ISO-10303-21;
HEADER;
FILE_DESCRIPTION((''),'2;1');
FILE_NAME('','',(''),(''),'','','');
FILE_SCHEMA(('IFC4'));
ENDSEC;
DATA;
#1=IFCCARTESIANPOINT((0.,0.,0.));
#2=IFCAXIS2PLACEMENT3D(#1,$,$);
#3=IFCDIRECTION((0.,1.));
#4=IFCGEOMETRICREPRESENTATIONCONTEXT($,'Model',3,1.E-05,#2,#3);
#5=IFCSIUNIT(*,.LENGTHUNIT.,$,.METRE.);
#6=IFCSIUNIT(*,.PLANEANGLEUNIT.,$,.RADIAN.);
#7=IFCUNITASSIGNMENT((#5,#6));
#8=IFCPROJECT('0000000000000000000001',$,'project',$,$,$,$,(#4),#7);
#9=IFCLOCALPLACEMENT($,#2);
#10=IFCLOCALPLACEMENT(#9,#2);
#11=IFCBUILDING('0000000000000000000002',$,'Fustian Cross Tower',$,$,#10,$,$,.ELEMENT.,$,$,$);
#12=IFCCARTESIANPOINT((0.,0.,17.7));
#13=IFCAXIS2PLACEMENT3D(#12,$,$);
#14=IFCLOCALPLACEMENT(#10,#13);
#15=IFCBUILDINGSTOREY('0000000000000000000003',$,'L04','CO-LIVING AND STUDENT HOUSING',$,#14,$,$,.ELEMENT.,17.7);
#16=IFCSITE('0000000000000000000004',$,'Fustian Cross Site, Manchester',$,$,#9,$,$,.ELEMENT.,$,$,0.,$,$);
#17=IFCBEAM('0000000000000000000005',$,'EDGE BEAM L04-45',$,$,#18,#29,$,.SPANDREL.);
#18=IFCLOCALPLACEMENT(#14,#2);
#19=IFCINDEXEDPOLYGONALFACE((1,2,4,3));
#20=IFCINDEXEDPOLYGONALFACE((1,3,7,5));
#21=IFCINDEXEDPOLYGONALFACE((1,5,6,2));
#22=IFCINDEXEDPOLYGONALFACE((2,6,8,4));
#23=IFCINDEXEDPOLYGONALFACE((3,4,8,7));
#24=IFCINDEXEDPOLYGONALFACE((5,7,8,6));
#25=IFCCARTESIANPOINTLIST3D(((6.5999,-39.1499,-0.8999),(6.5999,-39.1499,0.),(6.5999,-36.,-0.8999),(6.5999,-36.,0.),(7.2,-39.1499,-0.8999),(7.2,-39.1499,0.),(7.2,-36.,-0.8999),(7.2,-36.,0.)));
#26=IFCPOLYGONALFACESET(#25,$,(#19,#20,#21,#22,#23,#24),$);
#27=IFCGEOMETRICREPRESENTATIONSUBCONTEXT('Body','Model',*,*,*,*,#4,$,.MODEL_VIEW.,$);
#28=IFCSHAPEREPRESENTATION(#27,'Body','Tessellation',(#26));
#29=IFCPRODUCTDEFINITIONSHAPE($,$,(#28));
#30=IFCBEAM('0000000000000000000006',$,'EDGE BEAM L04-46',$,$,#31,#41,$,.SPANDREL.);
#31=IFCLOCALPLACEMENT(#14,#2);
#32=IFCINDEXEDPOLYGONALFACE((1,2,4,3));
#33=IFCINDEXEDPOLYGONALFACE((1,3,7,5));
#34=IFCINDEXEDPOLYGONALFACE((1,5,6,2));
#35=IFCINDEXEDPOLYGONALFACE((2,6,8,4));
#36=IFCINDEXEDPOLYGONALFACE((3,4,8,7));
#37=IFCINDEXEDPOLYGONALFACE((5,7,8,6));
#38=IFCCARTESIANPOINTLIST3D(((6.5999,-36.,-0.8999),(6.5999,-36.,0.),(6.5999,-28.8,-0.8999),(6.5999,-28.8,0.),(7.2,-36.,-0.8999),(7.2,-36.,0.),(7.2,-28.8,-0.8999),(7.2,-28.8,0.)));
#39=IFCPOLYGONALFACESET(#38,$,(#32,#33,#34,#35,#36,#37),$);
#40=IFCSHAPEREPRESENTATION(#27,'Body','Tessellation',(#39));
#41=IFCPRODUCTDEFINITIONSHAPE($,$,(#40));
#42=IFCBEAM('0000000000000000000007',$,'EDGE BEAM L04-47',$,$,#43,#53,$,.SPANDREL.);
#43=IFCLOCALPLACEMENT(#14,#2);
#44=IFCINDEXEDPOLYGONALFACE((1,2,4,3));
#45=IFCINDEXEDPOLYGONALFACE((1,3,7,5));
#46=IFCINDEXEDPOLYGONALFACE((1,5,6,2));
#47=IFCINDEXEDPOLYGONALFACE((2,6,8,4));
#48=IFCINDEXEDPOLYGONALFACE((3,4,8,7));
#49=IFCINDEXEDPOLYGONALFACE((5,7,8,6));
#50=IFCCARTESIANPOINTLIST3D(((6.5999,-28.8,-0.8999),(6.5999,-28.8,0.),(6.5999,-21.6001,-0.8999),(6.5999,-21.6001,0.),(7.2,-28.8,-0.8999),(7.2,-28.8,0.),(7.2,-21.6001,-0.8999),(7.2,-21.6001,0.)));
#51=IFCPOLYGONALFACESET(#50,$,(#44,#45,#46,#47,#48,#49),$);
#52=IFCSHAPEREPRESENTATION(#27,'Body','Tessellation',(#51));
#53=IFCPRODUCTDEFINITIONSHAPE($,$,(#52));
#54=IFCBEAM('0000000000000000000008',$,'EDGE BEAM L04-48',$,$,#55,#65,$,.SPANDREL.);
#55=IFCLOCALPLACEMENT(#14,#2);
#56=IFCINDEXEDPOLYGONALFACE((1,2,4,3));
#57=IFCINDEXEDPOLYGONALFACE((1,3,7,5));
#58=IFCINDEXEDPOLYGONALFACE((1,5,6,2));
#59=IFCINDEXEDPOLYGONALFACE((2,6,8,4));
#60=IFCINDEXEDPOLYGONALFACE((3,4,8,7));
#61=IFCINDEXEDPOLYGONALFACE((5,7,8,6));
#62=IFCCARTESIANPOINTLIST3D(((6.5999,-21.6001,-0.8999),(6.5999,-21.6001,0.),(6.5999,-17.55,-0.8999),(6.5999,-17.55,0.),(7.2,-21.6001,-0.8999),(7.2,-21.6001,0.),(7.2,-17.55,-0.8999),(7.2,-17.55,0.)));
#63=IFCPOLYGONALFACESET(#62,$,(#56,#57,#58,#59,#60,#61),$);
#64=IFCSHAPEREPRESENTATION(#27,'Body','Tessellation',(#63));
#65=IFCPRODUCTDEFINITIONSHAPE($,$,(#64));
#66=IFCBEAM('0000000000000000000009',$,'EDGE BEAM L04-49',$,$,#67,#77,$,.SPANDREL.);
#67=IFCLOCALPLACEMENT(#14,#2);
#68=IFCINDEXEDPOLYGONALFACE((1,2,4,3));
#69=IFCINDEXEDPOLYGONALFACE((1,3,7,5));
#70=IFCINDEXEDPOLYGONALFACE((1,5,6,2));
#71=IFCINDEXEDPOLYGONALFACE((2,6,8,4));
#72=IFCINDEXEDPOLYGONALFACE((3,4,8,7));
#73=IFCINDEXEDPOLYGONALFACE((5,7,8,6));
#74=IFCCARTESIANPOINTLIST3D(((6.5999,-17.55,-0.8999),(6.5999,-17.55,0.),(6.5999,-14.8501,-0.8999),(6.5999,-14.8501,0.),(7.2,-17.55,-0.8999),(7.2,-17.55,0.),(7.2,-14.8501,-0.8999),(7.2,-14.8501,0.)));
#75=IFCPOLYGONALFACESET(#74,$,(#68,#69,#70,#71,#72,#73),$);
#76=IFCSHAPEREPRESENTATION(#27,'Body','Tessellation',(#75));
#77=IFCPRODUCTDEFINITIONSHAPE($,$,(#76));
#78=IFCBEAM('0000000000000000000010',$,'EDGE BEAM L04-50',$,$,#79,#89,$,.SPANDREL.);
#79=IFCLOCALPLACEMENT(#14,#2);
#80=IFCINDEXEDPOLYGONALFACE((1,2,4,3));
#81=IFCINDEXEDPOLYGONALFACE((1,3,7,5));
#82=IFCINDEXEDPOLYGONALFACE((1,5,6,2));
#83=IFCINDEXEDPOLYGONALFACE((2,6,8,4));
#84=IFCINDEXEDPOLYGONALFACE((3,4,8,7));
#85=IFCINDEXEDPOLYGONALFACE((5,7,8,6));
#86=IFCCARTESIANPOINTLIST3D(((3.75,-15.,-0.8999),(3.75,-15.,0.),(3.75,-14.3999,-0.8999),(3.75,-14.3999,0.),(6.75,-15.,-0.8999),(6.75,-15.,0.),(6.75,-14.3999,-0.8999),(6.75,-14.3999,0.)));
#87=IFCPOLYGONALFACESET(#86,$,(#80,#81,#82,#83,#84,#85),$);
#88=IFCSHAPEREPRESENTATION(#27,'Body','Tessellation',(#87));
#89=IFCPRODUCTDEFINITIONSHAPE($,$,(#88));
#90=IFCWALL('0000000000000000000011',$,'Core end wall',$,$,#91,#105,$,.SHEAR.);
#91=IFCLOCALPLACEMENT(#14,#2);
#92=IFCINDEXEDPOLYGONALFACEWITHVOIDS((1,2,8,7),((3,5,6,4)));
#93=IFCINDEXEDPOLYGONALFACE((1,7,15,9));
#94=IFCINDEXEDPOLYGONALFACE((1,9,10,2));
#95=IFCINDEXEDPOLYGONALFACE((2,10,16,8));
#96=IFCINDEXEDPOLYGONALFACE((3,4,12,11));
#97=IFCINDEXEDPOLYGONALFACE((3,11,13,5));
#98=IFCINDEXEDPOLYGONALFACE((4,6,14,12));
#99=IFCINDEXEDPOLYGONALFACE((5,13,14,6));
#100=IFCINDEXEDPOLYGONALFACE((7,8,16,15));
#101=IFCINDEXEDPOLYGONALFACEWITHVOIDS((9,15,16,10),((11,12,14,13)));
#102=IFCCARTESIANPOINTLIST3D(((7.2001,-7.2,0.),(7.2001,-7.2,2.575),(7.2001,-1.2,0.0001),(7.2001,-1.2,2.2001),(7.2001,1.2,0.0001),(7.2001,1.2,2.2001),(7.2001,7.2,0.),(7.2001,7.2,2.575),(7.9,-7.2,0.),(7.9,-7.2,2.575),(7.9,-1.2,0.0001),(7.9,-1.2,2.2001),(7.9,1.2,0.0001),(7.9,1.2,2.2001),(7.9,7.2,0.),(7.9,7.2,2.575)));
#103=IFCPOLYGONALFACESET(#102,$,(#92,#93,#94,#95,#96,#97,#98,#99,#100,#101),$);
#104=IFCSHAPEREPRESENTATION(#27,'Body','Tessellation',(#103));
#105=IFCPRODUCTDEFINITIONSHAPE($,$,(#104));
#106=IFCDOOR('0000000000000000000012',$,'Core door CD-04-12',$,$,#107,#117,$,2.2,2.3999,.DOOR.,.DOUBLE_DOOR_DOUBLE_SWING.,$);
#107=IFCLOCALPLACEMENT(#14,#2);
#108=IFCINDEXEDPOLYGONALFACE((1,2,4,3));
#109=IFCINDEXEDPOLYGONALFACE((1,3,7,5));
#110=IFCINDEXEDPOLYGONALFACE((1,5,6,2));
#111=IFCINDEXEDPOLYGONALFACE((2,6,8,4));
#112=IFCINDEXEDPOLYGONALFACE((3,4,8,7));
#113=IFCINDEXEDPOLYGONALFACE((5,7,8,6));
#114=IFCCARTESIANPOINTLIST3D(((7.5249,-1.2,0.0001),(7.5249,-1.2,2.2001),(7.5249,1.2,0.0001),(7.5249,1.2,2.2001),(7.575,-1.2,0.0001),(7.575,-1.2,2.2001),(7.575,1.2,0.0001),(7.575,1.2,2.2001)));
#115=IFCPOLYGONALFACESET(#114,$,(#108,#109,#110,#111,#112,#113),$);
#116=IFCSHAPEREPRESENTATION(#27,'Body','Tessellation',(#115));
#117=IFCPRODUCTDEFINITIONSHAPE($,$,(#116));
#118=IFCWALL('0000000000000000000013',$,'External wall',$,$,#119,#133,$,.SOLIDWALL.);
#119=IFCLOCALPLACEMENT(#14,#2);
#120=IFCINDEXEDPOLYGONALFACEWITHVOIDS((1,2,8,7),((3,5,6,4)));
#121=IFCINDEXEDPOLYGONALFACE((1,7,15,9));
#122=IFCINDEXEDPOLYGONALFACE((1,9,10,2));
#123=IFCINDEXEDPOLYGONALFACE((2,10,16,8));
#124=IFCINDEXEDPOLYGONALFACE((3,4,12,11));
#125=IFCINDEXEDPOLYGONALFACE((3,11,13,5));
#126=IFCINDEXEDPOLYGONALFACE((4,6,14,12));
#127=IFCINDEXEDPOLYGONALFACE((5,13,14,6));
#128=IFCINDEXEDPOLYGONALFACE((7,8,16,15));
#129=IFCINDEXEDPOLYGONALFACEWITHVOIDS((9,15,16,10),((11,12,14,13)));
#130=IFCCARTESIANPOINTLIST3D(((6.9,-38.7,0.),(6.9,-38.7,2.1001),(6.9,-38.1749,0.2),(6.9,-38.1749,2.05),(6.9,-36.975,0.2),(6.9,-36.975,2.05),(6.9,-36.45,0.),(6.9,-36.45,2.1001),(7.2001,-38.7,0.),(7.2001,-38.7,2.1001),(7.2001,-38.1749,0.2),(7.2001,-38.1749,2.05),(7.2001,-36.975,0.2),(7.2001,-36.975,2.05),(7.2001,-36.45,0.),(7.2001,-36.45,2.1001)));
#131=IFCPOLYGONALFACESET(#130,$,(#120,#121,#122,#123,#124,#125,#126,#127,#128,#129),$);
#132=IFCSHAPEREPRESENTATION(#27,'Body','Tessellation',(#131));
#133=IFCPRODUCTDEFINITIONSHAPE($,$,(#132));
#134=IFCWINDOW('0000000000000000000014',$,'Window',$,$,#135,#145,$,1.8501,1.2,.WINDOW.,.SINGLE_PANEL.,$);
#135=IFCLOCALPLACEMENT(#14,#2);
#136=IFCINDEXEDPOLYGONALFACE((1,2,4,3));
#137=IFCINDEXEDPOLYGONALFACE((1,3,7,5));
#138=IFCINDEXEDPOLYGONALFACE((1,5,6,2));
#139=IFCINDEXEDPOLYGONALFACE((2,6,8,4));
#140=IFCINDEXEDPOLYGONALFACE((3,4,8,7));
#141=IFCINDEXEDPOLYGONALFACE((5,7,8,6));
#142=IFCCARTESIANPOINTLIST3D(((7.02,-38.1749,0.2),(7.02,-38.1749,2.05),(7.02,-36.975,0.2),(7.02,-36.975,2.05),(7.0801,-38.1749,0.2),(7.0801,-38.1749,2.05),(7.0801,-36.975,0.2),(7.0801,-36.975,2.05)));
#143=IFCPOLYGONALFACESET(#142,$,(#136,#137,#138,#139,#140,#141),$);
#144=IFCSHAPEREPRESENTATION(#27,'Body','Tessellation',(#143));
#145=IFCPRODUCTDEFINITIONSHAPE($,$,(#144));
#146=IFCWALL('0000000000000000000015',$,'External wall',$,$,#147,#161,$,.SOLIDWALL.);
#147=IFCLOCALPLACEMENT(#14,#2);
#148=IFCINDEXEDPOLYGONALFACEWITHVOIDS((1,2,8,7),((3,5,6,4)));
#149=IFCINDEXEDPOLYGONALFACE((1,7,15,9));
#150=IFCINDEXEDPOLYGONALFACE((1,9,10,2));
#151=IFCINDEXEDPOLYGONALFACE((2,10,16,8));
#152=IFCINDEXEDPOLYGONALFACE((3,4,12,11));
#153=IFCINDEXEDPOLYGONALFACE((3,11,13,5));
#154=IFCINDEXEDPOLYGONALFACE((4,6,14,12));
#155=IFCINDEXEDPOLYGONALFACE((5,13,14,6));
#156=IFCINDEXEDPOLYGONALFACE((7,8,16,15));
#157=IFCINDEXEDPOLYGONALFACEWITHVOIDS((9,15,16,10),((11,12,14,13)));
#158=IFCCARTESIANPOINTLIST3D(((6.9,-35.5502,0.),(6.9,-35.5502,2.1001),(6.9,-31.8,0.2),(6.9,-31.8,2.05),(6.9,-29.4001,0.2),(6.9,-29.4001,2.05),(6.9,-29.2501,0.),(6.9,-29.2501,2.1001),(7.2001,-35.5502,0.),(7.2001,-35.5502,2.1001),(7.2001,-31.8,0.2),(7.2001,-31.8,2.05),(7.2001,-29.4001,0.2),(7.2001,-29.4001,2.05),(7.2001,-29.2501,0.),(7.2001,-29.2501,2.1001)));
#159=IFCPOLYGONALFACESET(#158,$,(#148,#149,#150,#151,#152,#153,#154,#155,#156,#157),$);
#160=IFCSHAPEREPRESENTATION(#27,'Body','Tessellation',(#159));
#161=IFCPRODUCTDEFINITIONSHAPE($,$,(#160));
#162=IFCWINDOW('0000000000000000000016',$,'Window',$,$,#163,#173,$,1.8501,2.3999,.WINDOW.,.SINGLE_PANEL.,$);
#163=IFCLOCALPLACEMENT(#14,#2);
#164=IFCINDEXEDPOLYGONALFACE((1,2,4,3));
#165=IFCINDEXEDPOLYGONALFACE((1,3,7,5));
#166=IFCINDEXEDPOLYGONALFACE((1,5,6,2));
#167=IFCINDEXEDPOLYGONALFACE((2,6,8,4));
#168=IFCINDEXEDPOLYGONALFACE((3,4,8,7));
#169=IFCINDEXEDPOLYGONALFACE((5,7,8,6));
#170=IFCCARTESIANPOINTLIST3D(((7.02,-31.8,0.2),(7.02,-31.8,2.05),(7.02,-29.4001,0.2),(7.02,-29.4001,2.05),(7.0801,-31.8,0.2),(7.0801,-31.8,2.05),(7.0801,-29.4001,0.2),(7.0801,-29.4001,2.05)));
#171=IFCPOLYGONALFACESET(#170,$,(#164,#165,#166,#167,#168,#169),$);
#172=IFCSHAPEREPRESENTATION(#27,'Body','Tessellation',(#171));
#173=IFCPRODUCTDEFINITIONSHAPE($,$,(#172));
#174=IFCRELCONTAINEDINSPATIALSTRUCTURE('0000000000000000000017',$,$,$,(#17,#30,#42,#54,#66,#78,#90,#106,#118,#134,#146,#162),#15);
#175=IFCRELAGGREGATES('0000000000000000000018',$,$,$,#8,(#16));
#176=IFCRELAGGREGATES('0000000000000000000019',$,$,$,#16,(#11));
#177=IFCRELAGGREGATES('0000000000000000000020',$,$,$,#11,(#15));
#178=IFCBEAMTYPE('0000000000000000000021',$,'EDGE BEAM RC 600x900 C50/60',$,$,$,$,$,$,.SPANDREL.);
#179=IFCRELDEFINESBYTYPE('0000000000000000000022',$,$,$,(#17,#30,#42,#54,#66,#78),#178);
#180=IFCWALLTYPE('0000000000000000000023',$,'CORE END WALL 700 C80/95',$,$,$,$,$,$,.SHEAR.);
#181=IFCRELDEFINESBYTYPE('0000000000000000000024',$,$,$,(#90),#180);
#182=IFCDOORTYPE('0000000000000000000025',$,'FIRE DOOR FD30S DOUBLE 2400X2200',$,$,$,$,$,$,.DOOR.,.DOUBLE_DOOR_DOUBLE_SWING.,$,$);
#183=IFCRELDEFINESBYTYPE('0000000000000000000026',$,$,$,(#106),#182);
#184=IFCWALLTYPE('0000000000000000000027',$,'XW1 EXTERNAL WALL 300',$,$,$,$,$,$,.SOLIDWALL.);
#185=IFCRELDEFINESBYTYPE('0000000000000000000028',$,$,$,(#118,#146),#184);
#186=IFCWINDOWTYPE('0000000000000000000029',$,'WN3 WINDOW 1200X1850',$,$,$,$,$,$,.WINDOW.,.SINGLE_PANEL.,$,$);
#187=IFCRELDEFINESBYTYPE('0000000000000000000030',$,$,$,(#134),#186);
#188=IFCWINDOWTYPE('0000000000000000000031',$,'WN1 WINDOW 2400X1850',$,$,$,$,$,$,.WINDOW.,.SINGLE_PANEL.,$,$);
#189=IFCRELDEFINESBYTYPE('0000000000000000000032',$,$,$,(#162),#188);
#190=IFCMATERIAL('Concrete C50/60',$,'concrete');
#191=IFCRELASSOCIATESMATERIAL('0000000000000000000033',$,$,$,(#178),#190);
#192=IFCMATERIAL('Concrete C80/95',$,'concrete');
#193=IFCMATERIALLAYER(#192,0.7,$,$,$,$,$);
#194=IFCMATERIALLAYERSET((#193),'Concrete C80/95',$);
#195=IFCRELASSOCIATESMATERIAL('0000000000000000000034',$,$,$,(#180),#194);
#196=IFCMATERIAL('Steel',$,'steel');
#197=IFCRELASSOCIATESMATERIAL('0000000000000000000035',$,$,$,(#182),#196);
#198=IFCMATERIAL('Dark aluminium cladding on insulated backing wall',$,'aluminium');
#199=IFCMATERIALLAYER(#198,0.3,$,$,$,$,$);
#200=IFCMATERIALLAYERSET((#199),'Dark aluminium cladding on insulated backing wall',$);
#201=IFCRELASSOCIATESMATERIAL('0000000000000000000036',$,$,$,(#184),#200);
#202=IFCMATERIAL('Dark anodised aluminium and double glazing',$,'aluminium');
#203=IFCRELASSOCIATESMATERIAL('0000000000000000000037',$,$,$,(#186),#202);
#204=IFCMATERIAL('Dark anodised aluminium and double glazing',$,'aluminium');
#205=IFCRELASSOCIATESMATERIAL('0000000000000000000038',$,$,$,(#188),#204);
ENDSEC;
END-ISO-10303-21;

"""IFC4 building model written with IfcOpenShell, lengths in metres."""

from ifc_helpers import new_model, si_unit, direction, frame, frame_2d, origin, origin_2d, place, context, subcontext, project, spatial, rectangle, extrude, material, layer, layer_set, material_profile, profile_set, type_object, element, fill, save


model = new_model("IFC4")

# Units and contexts
model_context = context("Model", 3, precision=1e-05, world=origin(), true_north=direction((0.0, 1.0)))
body_context = subcontext(model_context, "Body", "Model", "MODEL_VIEW")
ifc_project = project(units=[si_unit("LENGTHUNIT", "METRE"), si_unit("PLANEANGLEUNIT", "RADIAN")], contexts=[model_context])

# Site, building, storey
site_placement = place(None, origin())
site = spatial("IfcSite", under=ifc_project, at=site_placement, Name="Fustian Cross Site, Manchester", CompositionType="ELEMENT", RefElevation=0.0)
building_placement = place(site_placement, origin())
building = spatial("IfcBuilding", under=site, at=building_placement, Name="Fustian Cross Tower", CompositionType="ELEMENT")
storey_placement = place(building_placement, frame((0.0, 0.0, 17.7)))
storey = spatial("IfcBuildingStorey", under=building, at=storey_placement, Name="L04", Description="CO-LIVING AND STUDENT HOUSING", CompositionType="ELEMENT", Elevation=17.7)

# Beams
ifc_material_1 = material(Name="Concrete C50/60", Category="concrete")
ifc_material_profile = material_profile(ifc_material_1, rectangle(XDim=0.6001, YDim=0.8999, at=origin_2d()), Name="RC 600x900")
ifc_profile_set = profile_set([ifc_material_profile], Name="Concrete C50/60")
beam_type = type_object("IfcBeamType", Name="EDGE BEAM RC 600x900 C50/60", PredefinedType="SPANDREL", material=ifc_profile_set)
beam_1_placement = place(storey_placement, frame((6.8999, -39.1499, -0.45), z_axis=(0.0, 1.0, 0.0), x_axis=(-1.0, 0.0, 0.0)))
element("IfcBeam", 1, at=beam_1_placement, inside=storey, type_object=beam_type, Name="EDGE BEAM L04-45", PredefinedType="SPANDREL", context=body_context, shape_type="SweptSolid", body=[
    extrude(rectangle(XDim=0.6001, YDim=0.8999, at=origin_2d()), origin(), (0.0, 0.0, 1.0), 3.1499),
])
for number, where, z_axis, x_axis, name in (
    (2, (6.8999, -36.0, -0.45), (0.0, 1.0, 0.0), (-1.0, 0.0, 0.0), "EDGE BEAM L04-46"),
    (3, (6.8999, -28.8, -0.45), (0.0, 1.0, 0.0), (-1.0, 0.0, 0.0), "EDGE BEAM L04-47"),
):
    element("IfcBeam", number, at=place(storey_placement, frame(where, z_axis=z_axis, x_axis=x_axis)), inside=storey, type_object=beam_type, Name=name, PredefinedType="SPANDREL", context=body_context, shape_type="SweptSolid", body=[
        extrude(rectangle(XDim=0.6001, YDim=0.8999, at=origin_2d()), origin(), (0.0, 0.0, 1.0), 7.2),
    ])
beam_2_placement = place(storey_placement, frame((6.8999, -21.6001, -0.45), z_axis=(0.0, 1.0, 0.0), x_axis=(-1.0, 0.0, 0.0)))
element("IfcBeam", 4, at=beam_2_placement, inside=storey, type_object=beam_type, Name="EDGE BEAM L04-48", PredefinedType="SPANDREL", context=body_context, shape_type="SweptSolid", body=[
    extrude(rectangle(XDim=0.6001, YDim=0.8999, at=origin_2d()), origin(), (0.0, 0.0, 1.0), 4.05),
])
beam_3_placement = place(storey_placement, frame((6.8999, -17.55, -0.45), z_axis=(0.0, 1.0, 0.0), x_axis=(-1.0, 0.0, 0.0)))
element("IfcBeam", 5, at=beam_3_placement, inside=storey, type_object=beam_type, Name="EDGE BEAM L04-49", PredefinedType="SPANDREL", context=body_context, shape_type="SweptSolid", body=[
    extrude(rectangle(XDim=0.6001, YDim=0.8999, at=origin_2d()), origin(), (0.0, 0.0, 1.0), 2.7),
])
beam_4_placement = place(storey_placement, frame((6.75, -14.7, -0.45), z_axis=(-1.0, 0.0, 0.0), x_axis=(0.0, -1.0, 0.0)))
element("IfcBeam", 6, at=beam_4_placement, inside=storey, type_object=beam_type, Name="EDGE BEAM L04-50", PredefinedType="SPANDREL", context=body_context, shape_type="SweptSolid", body=[
    extrude(rectangle(XDim=0.6001, YDim=0.8999, at=origin_2d()), origin(), (0.0, 0.0, 1.0), 3.0),
])

# Wall, opening, door
ifc_material_2 = material(Name="Concrete C80/95", Category="concrete")
ifc_layer_1 = layer(ifc_material_2, 0.7)
ifc_layer_set_1 = layer_set([ifc_layer_1], Name="Concrete C80/95")
wall_type_1 = type_object("IfcWallType", Name="CORE END WALL 700 C80/95", PredefinedType="SHEAR", material=ifc_layer_set_1)
wall_1_placement = place(storey_placement, frame((7.55, -7.2, 0.0), z_axis=(0.0, 0.0, 1.0), x_axis=(0.0, 1.0, 0.0)))
wall_1 = element("IfcWall", 7, at=wall_1_placement, inside=storey, type_object=wall_type_1, Name="Core end wall", PredefinedType="SHEAR", context=body_context, shape_type="SweptSolid", body=[
    extrude(rectangle(XDim=14.3999, YDim=0.7, at=frame_2d((7.2, 0.0))), origin(), (0.0, 0.0, 1.0), 2.575),
])
opening_1_placement = place(wall_1_placement, frame((6.0, 0.0, 0.0)))
opening_1 = element("IfcOpeningElement", 8, at=opening_1_placement, cuts=wall_1, PredefinedType="OPENING", context=body_context, shape_type="SweptSolid", body=[
    extrude(rectangle(XDim=2.3999, YDim=2.2, at=frame_2d((1.2, 1.1001))), frame((0.0, 0.3599, 0.0), z_axis=(0.0, -1.0, 0.0), x_axis=(1.0, 0.0, 0.0)), (0.0, 0.0, 1.0), 0.72),
])
ifc_material_3 = material(Name="Steel", Category="steel")
door_type = type_object("IfcDoorType", Name="FIRE DOOR FD30S DOUBLE 2400X2200", OperationType="DOUBLE_DOOR_DOUBLE_SWING", PredefinedType="DOOR", material=ifc_material_3)
door_placement = place(opening_1_placement, frame((2.3999, 0.0, 0.0), z_axis=(0.0, 0.0, 1.0), x_axis=(-1.0, 0.0, 0.0)))
door = element("IfcDoor", 9, at=door_placement, inside=storey, type_object=door_type, Name="Core door CD-04-12", OperationType="DOUBLE_DOOR_DOUBLE_SWING", OverallHeight=2.2, OverallWidth=2.3999, PredefinedType="DOOR", context=body_context, shape_type="SweptSolid", body=[
    extrude(rectangle(XDim=2.3999, YDim=2.2, at=frame_2d((1.2, 1.1001))), frame((0.0, 0.0249, 0.0), z_axis=(0.0, -1.0, 0.0), x_axis=(1.0, 0.0, 0.0)), (0.0, 0.0, 1.0), 0.05),
])
fill(opening_1, door)

# Walls, openings, windows
ifc_material_4 = material(Name="Dark aluminium cladding on insulated backing wall", Category="aluminium")
ifc_layer_2 = layer(ifc_material_4, 0.3)
ifc_layer_set_2 = layer_set([ifc_layer_2], Name="Dark aluminium cladding on insulated backing wall")
wall_type_2 = type_object("IfcWallType", Name="XW1 EXTERNAL WALL 300", PredefinedType="SOLIDWALL", material=ifc_layer_set_2)
wall_2_placement = place(storey_placement, frame((7.05, -38.7, 0.0), z_axis=(0.0, 0.0, 1.0), x_axis=(0.0, 1.0, 0.0)))
wall_2 = element("IfcWall", 10, at=wall_2_placement, inside=storey, type_object=wall_type_2, Name="External wall", PredefinedType="SOLIDWALL", context=body_context, shape_type="SweptSolid", body=[
    extrude(rectangle(XDim=2.25, YDim=0.3, at=frame_2d((1.125, 0.0))), origin(), (0.0, 0.0, 1.0), 2.1001),
])
opening_2_placement = place(wall_2_placement, frame((0.5249, 0.0, 0.2)))
opening_2 = element("IfcOpeningElement", 11, at=opening_2_placement, cuts=wall_2, PredefinedType="OPENING", context=body_context, shape_type="SweptSolid", body=[
    extrude(rectangle(XDim=1.2, YDim=1.8501, at=frame_2d((0.6001, 0.925))), frame((0.0, 0.1599, 0.0), z_axis=(0.0, -1.0, 0.0), x_axis=(1.0, 0.0, 0.0)), (0.0, 0.0, 1.0), 0.3201),
])
ifc_material_5 = material(Name="Dark anodised aluminium and double glazing", Category="aluminium")
window_type_1 = type_object("IfcWindowType", Name="WN3 WINDOW 1200X1850", PartitioningType="SINGLE_PANEL", PredefinedType="WINDOW", material=ifc_material_5)
window_1_placement = place(opening_2_placement, origin())
window_1 = element("IfcWindow", 12, at=window_1_placement, inside=storey, type_object=window_type_1, Name="Window", OverallHeight=1.8501, OverallWidth=1.2, PartitioningType="SINGLE_PANEL", PredefinedType="WINDOW", context=body_context, shape_type="SweptSolid", body=[
    extrude(rectangle(XDim=1.2, YDim=1.8501, at=frame_2d((0.6001, 0.925))), frame((0.0, 0.03, 0.0), z_axis=(0.0, -1.0, 0.0), x_axis=(1.0, 0.0, 0.0)), (0.0, 0.0, 1.0), 0.0601),
])
fill(opening_2, window_1)
wall_3_placement = place(storey_placement, frame((7.05, -35.55, 0.0), z_axis=(0.0, 0.0, 1.0), x_axis=(0.0, 1.0, 0.0)))
wall_3 = element("IfcWall", 13, at=wall_3_placement, inside=storey, type_object=wall_type_2, Name="External wall", PredefinedType="SOLIDWALL", context=body_context, shape_type="SweptSolid", body=[
    extrude(rectangle(XDim=6.3, YDim=0.3, at=frame_2d((3.1499, 0.0))), origin(), (0.0, 0.0, 1.0), 2.1001),
])
opening_3_placement = place(wall_3_placement, frame((3.75, 0.0, 0.2)))
opening_3 = element("IfcOpeningElement", 14, at=opening_3_placement, cuts=wall_3, PredefinedType="OPENING", context=body_context, shape_type="SweptSolid", body=[
    extrude(rectangle(XDim=2.3999, YDim=1.8501, at=frame_2d((1.2, 0.925))), frame((0.0, 0.1599, 0.0), z_axis=(0.0, -1.0, 0.0), x_axis=(1.0, 0.0, 0.0)), (0.0, 0.0, 1.0), 0.3201),
])
ifc_material_6 = material(Name="Dark anodised aluminium and double glazing", Category="aluminium")
window_type_2 = type_object("IfcWindowType", Name="WN1 WINDOW 2400X1850", PartitioningType="SINGLE_PANEL", PredefinedType="WINDOW", material=ifc_material_6)
window_2_placement = place(opening_3_placement, origin())
window_2 = element("IfcWindow", 15, at=window_2_placement, inside=storey, type_object=window_type_2, Name="Window", OverallHeight=1.8501, OverallWidth=2.3999, PartitioningType="SINGLE_PANEL", PredefinedType="WINDOW", context=body_context, shape_type="SweptSolid", body=[
    extrude(rectangle(XDim=2.3999, YDim=1.8501, at=frame_2d((1.2, 0.925))), frame((0.0, 0.03, 0.0), z_axis=(0.0, -1.0, 0.0), x_axis=(1.0, 0.0, 0.0)), (0.0, 0.0, 1.0), 0.0601),
])
fill(opening_3, window_2)

save(model, "model.ifc")
